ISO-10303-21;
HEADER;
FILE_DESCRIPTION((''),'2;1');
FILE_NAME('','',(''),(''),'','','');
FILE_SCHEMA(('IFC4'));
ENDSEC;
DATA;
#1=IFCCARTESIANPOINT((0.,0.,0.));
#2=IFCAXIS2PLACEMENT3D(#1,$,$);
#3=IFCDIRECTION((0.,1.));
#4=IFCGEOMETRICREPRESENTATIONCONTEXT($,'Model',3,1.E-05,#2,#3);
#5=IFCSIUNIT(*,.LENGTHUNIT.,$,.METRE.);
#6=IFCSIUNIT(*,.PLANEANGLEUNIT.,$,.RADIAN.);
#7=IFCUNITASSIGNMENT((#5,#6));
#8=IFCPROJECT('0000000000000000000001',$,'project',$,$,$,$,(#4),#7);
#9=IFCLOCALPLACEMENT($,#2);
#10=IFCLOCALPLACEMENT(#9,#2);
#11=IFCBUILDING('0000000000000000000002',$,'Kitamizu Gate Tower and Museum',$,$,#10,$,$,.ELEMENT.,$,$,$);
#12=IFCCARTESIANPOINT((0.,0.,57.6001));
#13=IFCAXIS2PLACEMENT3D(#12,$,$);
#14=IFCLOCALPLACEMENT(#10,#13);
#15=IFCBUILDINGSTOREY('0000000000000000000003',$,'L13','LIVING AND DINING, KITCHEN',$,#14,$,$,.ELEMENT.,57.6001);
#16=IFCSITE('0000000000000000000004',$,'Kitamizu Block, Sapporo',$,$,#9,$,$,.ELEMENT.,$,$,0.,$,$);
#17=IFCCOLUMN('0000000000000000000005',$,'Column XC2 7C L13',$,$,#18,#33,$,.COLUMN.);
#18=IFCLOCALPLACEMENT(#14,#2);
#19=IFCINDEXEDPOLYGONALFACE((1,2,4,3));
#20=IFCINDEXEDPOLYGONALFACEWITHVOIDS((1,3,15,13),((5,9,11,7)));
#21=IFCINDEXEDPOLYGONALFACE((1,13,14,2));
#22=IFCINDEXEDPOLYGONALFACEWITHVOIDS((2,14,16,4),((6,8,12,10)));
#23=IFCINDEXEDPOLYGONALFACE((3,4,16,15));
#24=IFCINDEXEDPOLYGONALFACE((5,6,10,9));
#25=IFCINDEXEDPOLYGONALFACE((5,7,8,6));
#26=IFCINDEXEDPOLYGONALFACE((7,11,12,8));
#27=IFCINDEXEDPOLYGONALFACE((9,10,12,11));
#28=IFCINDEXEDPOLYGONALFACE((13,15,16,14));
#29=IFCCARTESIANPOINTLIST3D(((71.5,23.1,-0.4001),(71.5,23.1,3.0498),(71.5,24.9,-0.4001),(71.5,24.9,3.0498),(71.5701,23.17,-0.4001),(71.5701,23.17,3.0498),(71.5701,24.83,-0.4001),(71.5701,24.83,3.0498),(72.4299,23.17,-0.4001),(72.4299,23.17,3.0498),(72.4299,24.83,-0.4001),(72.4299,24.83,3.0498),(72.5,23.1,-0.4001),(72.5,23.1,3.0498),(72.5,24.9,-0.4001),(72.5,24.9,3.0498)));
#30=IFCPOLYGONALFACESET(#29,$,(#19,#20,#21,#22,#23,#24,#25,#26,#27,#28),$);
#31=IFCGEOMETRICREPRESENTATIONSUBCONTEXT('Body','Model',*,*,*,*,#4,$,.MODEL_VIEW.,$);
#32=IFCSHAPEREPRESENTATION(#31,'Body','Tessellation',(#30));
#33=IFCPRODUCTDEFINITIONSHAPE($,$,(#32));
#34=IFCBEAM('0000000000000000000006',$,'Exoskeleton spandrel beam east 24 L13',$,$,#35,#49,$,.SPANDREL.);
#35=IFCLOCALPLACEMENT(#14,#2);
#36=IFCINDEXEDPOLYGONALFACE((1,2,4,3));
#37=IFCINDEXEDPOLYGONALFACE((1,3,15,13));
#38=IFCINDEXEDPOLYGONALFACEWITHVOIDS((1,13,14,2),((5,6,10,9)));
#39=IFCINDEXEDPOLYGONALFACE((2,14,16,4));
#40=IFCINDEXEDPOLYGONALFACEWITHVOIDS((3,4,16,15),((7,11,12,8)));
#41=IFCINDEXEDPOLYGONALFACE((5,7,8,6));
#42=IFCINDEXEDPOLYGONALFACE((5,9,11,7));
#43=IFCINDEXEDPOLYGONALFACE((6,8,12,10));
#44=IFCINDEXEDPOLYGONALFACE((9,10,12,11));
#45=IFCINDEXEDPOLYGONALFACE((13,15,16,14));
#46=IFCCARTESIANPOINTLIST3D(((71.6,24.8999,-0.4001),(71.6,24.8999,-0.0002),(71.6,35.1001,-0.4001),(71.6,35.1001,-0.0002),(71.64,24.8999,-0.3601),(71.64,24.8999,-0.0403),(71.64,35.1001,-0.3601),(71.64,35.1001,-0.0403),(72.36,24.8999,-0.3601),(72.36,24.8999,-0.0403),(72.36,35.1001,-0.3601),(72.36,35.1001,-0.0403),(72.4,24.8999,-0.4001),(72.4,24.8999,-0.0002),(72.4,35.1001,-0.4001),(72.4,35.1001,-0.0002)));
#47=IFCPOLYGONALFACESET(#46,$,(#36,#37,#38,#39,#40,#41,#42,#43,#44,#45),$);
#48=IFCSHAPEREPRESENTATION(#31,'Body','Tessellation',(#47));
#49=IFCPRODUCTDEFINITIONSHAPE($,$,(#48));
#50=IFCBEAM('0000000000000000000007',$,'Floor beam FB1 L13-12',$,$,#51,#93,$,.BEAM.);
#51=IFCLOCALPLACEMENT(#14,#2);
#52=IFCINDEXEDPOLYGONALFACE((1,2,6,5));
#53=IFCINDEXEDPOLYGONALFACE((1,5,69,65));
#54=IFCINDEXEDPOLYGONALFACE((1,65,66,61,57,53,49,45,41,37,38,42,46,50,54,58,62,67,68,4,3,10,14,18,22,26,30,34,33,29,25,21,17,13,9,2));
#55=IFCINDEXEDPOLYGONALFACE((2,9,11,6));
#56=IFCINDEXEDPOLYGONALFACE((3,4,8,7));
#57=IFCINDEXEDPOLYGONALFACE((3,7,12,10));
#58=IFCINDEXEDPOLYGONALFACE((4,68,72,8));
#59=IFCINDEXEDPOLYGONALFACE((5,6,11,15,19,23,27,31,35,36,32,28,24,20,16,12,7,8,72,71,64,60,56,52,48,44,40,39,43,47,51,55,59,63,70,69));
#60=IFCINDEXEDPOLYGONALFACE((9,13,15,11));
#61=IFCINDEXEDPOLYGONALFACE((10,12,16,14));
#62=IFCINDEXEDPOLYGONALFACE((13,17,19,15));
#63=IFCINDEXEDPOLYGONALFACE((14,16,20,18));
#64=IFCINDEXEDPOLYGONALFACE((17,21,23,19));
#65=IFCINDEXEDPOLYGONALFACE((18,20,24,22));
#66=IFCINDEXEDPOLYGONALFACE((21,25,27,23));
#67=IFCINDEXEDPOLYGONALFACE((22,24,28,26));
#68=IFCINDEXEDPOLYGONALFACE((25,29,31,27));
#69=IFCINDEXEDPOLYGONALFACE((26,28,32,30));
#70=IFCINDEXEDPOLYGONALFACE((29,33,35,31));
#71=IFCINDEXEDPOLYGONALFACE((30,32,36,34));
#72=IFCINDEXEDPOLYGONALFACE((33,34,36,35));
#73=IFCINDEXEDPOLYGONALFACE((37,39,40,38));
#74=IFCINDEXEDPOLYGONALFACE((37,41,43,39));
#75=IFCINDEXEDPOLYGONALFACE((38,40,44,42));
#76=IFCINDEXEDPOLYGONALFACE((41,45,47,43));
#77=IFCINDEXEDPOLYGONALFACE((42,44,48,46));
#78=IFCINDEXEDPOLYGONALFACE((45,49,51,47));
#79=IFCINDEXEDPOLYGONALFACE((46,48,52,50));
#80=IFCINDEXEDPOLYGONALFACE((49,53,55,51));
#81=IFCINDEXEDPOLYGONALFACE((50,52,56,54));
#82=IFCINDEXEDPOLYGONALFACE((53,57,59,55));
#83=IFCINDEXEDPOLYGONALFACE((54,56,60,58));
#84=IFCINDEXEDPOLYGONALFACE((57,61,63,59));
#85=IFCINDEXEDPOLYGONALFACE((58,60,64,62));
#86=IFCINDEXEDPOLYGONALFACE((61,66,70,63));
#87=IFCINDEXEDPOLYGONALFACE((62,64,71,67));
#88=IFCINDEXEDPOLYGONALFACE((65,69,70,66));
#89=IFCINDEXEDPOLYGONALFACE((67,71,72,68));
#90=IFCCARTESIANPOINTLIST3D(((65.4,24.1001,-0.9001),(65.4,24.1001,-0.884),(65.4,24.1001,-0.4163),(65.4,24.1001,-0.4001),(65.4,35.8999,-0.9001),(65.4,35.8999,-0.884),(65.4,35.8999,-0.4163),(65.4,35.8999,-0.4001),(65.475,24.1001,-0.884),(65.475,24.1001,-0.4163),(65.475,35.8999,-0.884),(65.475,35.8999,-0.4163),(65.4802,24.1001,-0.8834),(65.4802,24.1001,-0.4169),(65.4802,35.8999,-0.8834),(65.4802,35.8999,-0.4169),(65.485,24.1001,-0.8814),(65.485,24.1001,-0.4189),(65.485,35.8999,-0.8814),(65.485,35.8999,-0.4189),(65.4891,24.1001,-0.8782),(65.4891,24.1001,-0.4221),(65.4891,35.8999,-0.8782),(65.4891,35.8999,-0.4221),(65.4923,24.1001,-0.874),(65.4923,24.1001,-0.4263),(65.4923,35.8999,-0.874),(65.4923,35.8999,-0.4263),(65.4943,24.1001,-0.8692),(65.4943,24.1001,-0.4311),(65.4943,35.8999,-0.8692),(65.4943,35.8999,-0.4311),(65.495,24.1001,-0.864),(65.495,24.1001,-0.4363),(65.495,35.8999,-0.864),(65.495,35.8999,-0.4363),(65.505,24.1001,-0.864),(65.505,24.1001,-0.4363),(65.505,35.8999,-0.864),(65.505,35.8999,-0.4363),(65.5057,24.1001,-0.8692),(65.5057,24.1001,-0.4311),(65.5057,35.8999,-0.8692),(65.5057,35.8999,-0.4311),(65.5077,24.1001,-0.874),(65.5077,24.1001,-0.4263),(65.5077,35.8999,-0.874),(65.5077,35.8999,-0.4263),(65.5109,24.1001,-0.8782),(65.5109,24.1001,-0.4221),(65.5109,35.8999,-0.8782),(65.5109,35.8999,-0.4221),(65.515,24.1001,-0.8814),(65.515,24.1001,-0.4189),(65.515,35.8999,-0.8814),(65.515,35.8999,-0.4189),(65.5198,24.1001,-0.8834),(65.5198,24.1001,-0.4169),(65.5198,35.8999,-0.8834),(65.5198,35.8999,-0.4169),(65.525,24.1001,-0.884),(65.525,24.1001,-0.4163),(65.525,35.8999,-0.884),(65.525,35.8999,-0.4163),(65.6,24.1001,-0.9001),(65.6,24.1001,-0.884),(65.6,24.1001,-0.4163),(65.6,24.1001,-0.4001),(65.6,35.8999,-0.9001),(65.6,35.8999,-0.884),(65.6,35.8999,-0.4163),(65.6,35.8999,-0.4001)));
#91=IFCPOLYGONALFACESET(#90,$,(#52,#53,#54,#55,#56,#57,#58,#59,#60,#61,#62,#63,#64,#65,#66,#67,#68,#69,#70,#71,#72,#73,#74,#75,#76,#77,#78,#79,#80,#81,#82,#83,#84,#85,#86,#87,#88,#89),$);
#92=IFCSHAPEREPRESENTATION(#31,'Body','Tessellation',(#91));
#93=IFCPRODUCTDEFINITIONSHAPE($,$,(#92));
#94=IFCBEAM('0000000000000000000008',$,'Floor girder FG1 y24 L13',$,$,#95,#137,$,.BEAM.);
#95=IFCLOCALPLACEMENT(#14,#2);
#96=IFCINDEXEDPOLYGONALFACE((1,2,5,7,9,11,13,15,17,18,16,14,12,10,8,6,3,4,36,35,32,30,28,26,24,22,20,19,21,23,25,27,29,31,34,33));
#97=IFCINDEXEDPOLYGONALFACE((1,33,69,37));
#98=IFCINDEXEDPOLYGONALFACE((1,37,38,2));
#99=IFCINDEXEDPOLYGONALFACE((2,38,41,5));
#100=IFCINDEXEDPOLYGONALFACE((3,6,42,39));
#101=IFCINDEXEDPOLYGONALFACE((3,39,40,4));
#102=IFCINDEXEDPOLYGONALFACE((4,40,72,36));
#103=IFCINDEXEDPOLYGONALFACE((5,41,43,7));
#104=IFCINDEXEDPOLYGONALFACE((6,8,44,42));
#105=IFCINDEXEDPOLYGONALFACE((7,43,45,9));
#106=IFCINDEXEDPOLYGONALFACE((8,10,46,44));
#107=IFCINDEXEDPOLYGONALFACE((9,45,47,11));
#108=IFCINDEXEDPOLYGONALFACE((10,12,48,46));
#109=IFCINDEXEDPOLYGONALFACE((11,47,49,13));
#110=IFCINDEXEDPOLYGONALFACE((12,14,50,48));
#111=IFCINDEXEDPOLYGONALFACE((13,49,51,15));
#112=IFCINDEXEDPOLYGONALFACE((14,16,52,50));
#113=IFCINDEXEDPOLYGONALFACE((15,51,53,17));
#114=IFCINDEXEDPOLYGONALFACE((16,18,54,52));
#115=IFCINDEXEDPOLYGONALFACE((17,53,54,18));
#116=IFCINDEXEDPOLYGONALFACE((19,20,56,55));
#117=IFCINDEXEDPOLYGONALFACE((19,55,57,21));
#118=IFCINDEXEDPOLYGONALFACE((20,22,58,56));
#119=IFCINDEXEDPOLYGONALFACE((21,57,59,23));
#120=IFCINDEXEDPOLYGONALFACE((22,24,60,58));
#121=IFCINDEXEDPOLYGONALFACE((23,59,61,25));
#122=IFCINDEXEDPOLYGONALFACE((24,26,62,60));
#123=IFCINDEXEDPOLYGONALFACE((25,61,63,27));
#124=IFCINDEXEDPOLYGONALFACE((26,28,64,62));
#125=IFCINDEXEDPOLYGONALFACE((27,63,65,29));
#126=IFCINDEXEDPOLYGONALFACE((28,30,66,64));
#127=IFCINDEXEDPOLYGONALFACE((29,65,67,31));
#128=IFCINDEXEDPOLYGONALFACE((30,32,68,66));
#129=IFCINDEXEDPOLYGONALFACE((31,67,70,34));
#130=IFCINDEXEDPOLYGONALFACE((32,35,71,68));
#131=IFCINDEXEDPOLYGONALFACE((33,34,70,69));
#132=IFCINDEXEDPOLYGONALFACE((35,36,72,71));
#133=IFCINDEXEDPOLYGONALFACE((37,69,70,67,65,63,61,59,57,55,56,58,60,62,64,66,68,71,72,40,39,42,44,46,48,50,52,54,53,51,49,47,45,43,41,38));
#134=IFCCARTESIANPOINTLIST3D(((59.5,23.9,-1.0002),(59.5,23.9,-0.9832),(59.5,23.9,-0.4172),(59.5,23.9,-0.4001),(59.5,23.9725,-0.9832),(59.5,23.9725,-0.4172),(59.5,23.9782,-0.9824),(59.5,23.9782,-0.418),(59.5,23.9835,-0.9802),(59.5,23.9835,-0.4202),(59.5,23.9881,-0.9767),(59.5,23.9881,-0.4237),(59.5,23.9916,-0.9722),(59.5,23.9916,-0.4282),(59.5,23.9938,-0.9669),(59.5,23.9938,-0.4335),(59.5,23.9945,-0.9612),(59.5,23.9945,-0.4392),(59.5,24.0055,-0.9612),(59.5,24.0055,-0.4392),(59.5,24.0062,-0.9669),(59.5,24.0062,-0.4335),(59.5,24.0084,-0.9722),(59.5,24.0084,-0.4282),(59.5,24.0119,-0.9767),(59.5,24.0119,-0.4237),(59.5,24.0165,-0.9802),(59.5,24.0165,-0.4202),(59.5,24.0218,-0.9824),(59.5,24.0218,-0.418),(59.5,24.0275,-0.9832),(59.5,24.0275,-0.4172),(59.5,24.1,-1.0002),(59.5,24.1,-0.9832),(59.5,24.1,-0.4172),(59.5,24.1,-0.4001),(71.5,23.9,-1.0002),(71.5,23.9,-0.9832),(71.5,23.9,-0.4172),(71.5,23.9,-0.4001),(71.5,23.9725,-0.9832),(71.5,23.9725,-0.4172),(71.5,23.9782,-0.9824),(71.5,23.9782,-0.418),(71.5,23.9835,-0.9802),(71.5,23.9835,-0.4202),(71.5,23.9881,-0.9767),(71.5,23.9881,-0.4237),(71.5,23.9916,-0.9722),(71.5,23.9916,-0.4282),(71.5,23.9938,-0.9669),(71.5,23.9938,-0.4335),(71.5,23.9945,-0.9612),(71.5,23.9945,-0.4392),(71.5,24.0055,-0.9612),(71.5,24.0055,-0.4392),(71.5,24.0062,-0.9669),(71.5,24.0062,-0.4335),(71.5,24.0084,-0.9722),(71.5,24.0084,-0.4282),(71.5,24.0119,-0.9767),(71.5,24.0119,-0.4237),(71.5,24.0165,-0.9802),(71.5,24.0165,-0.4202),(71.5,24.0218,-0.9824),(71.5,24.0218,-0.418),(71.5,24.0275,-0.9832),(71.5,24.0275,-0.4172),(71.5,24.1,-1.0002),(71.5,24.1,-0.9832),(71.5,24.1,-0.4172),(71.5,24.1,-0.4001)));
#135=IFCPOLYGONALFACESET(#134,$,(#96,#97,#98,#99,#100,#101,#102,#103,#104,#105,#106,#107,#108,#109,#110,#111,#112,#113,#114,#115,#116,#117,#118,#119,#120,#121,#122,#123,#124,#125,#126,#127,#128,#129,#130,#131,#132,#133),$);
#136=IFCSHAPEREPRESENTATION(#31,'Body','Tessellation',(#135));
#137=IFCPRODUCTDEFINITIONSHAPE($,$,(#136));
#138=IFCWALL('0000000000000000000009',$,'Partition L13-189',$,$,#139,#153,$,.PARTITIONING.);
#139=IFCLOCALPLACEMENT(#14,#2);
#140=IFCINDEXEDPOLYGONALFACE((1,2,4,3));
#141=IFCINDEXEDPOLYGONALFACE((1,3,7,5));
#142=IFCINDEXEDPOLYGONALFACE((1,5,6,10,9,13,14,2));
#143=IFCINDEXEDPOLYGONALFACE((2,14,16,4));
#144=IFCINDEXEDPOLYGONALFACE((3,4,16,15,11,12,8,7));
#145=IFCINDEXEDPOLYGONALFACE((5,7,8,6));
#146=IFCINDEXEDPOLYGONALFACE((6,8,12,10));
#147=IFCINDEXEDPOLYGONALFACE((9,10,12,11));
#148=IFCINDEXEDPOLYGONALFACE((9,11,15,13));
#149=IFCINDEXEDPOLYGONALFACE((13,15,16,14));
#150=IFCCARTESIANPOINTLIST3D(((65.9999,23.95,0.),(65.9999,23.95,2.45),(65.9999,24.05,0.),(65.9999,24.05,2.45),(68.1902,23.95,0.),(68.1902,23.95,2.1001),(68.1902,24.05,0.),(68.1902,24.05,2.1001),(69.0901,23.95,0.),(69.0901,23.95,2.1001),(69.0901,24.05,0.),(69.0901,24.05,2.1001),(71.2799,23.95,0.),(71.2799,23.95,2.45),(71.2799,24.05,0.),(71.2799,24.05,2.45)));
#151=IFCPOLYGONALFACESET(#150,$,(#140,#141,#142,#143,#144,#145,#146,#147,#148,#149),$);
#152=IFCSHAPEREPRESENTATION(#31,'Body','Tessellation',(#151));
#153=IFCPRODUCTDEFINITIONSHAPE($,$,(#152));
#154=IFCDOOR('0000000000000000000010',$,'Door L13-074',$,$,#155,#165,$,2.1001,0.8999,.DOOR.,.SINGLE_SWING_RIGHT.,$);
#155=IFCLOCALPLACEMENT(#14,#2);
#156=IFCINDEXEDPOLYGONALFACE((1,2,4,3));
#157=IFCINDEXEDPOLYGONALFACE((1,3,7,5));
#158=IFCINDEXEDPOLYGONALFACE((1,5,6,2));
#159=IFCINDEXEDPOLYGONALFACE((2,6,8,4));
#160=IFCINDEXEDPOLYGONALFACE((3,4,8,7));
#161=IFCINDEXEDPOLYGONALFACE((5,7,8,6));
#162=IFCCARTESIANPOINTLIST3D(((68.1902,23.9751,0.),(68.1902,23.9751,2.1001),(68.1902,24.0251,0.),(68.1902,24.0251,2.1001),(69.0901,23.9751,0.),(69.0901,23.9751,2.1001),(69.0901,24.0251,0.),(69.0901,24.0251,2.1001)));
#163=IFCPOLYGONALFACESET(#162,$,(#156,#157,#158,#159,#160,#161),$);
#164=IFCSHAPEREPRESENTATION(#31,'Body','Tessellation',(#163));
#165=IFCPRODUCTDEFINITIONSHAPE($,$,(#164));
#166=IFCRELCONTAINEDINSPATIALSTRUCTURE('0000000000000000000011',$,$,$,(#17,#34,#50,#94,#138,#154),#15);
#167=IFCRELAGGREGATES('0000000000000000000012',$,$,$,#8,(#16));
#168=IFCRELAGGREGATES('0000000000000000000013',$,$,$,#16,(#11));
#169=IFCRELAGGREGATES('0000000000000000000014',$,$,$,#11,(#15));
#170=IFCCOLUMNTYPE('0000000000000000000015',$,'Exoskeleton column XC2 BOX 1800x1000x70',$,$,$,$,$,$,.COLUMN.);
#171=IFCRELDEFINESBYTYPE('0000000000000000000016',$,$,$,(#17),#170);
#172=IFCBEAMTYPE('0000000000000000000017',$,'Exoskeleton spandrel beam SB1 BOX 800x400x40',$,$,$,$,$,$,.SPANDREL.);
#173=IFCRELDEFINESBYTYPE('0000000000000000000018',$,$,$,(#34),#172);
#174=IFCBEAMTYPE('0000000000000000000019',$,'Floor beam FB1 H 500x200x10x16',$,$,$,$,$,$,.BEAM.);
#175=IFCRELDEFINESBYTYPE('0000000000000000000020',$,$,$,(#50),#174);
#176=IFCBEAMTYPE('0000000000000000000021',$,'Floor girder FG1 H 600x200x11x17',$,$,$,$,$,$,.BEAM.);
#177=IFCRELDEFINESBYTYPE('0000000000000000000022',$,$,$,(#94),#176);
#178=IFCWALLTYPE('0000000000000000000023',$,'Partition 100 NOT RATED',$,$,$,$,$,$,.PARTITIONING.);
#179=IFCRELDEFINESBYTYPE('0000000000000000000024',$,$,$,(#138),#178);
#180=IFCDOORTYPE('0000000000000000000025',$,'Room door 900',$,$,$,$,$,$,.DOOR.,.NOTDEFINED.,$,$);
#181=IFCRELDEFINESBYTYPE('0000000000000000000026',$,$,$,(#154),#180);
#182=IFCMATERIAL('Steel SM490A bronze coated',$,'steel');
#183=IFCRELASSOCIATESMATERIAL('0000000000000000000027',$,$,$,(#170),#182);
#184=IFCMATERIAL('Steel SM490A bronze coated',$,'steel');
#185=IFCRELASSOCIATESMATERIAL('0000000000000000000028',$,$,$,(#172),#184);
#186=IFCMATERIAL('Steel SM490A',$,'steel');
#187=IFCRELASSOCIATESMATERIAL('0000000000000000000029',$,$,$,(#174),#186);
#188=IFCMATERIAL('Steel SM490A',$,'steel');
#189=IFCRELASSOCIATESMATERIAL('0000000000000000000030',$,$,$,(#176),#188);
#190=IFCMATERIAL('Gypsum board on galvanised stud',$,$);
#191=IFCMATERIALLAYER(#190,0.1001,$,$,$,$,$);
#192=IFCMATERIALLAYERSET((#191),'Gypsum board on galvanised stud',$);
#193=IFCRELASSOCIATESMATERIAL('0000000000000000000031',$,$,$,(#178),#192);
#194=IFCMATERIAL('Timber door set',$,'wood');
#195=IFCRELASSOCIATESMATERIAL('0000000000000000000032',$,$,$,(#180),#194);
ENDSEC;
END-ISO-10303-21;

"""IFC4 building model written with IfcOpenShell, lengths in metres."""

from ifc_helpers import new_model, si_unit, direction, frame, frame_2d, origin, origin_2d, place, context, subcontext, project, spatial, rectangle, hollow_rectangle, i_section, extrude, material, layer, layer_set, material_profile, profile_set, type_object, element, fill, save


model = new_model("IFC4")

# Units and contexts
model_context = context("Model", 3, precision=1e-05, world=origin(), true_north=direction((0.0, 1.0)))
body_context = subcontext(model_context, "Body", "Model", "MODEL_VIEW")
ifc_project = project(units=[si_unit("LENGTHUNIT", "METRE"), si_unit("PLANEANGLEUNIT", "RADIAN")], contexts=[model_context])

# Site, building, storey
site_placement = place(None, origin())
site = spatial("IfcSite", under=ifc_project, at=site_placement, Name="Kitamizu Block, Sapporo", CompositionType="ELEMENT", RefElevation=0.0)
building_placement = place(site_placement, origin())
building = spatial("IfcBuilding", under=site, at=building_placement, Name="Kitamizu Gate Tower and Museum", CompositionType="ELEMENT")
storey_placement = place(building_placement, frame((0.0, 0.0, 57.6001)))
storey = spatial("IfcBuildingStorey", under=building, at=storey_placement, Name="L13", Description="LIVING AND DINING, KITCHEN", CompositionType="ELEMENT", Elevation=57.6001)

# Column
ifc_material_1 = material(Name="Steel SM490A bronze coated", Category="steel")
ifc_material_profile_1 = material_profile(ifc_material_1, hollow_rectangle(XDim=1.8, YDim=1.0, WallThickness=0.0701, at=origin_2d()), Name="BOX 1800x1000x70")
ifc_profile_set_1 = profile_set([ifc_material_profile_1], Name="Steel SM490A bronze coated")
column_type = type_object("IfcColumnType", Name="Exoskeleton column XC2 BOX 1800x1000x70", PredefinedType="COLUMN", material=ifc_profile_set_1)
column_placement = place(storey_placement, frame((72.0, 24.0, -0.4001), z_axis=(0.0, 0.0, 1.0), x_axis=(0.0, 1.0, 0.0)))
element("IfcColumn", 1, at=column_placement, inside=storey, type_object=column_type, Name="Column XC2 7C L13", PredefinedType="COLUMN", context=body_context, shape_type="SweptSolid", body=[
    extrude(hollow_rectangle(XDim=1.8, YDim=1.0, WallThickness=0.0701, at=origin_2d()), origin(), (0.0, 0.0, 1.0), 3.45),
])

# Beams
ifc_material_2 = material(Name="Steel SM490A bronze coated", Category="steel")
ifc_material_profile_2 = material_profile(ifc_material_2, hollow_rectangle(XDim=0.8, YDim=0.3999, WallThickness=0.04, at=origin_2d()), Name="BOX 800x400x40")
ifc_profile_set_2 = profile_set([ifc_material_profile_2], Name="Steel SM490A bronze coated")
beam_type_1 = type_object("IfcBeamType", Name="Exoskeleton spandrel beam SB1 BOX 800x400x40", PredefinedType="SPANDREL", material=ifc_profile_set_2)
beam_1_placement = place(storey_placement, frame((72.0, 24.8999, -0.2002), z_axis=(0.0, 1.0, 0.0), x_axis=(-1.0, 0.0, 0.0)))
element("IfcBeam", 2, at=beam_1_placement, inside=storey, type_object=beam_type_1, Name="Exoskeleton spandrel beam east 24 L13", PredefinedType="SPANDREL", context=body_context, shape_type="SweptSolid", body=[
    extrude(hollow_rectangle(XDim=0.8, YDim=0.3999, WallThickness=0.04, at=origin_2d()), origin(), (0.0, 0.0, 1.0), 10.2002),
])
ifc_material_3 = material(Name="Steel SM490A", Category="steel")
ifc_material_profile_3 = material_profile(ifc_material_3, i_section(OverallWidth=0.2, OverallDepth=0.5, WebThickness=0.01, FlangeThickness=0.0161, FilletRadius=0.02, at=origin_2d()), Name="H-500x200x10x16")
ifc_profile_set_3 = profile_set([ifc_material_profile_3], Name="Steel SM490A")
beam_type_2 = type_object("IfcBeamType", Name="Floor beam FB1 H 500x200x10x16", PredefinedType="BEAM", material=ifc_profile_set_3)
beam_2_placement = place(storey_placement, frame((65.5, 24.1001, -0.6501), z_axis=(0.0, 1.0, 0.0), x_axis=(-1.0, 0.0, 0.0)))
element("IfcBeam", 3, at=beam_2_placement, inside=storey, type_object=beam_type_2, Name="Floor beam FB1 L13-12", PredefinedType="BEAM", context=body_context, shape_type="SweptSolid", body=[
    extrude(i_section(OverallWidth=0.2, OverallDepth=0.5, WebThickness=0.01, FlangeThickness=0.0161, FilletRadius=0.02, at=origin_2d()), origin(), (0.0, 0.0, 1.0), 11.7998),
])
ifc_material_4 = material(Name="Steel SM490A", Category="steel")
ifc_material_profile_4 = material_profile(ifc_material_4, i_section(OverallWidth=0.2, OverallDepth=0.6001, WebThickness=0.011, FlangeThickness=0.0171, FilletRadius=0.022, at=origin_2d()), Name="H-600x200x11x17")
ifc_profile_set_4 = profile_set([ifc_material_profile_4], Name="Steel SM490A")
beam_type_3 = type_object("IfcBeamType", Name="Floor girder FG1 H 600x200x11x17", PredefinedType="BEAM", material=ifc_profile_set_4)
beam_3_placement = place(storey_placement, frame((59.5, 24.0, -0.7002), z_axis=(1.0, 0.0, 0.0), x_axis=(0.0, 1.0, 0.0)))
element("IfcBeam", 4, at=beam_3_placement, inside=storey, type_object=beam_type_3, Name="Floor girder FG1 y24 L13", PredefinedType="BEAM", context=body_context, shape_type="SweptSolid", body=[
    extrude(i_section(OverallWidth=0.2, OverallDepth=0.6001, WebThickness=0.011, FlangeThickness=0.0171, FilletRadius=0.022, at=origin_2d()), origin(), (0.0, 0.0, 1.0), 12.0),
])

# Wall, opening, door
ifc_material_5 = material(Name="Gypsum board on galvanised stud")
ifc_layer_1 = layer(ifc_material_5, 0.1001)
ifc_layer_set_1 = layer_set([ifc_layer_1], Name="Gypsum board on galvanised stud")
wall_type_1 = type_object("IfcWallType", Name="Partition 100 NOT RATED", PredefinedType="PARTITIONING", material=ifc_layer_set_1)
wall_1_placement = place(storey_placement, frame((71.28, 24.0, 0.0), z_axis=(0.0, 0.0, 1.0), x_axis=(-1.0, 0.0, 0.0)))
wall_1 = element("IfcWall", 5, at=wall_1_placement, inside=storey, type_object=wall_type_1, Name="Partition L13-189", PredefinedType="PARTITIONING", context=body_context, shape_type="SweptSolid", body=[
    extrude(rectangle(XDim=5.28, YDim=0.1001, at=frame_2d((2.6401, 0.0))), origin(), (0.0, 0.0, 1.0), 2.45),
])
opening_1_placement = place(wall_1_placement, frame((2.1899, 0.0, 0.0)))
opening_1 = element("IfcOpeningElement", 6, at=opening_1_placement, cuts=wall_1, PredefinedType="OPENING", context=body_context, shape_type="SweptSolid", body=[
    extrude(rectangle(XDim=0.8999, YDim=2.1001, at=frame_2d((0.45, 1.05))), frame((0.0, 0.0601, 0.0), z_axis=(0.0, -1.0, 0.0), x_axis=(1.0, 0.0, 0.0)), (0.0, 0.0, 1.0), 0.1201),
])
ifc_material_6 = material(Name="Timber door set", Category="wood")
door_type_1 = type_object("IfcDoorType", Name="Room door 900", OperationType="NOTDEFINED", PredefinedType="DOOR", material=ifc_material_6)
door_1_placement = place(opening_1_placement, origin())
door_1 = element("IfcDoor", 7, at=door_1_placement, inside=storey, type_object=door_type_1, Name="Door L13-074", OperationType="SINGLE_SWING_RIGHT", OverallHeight=2.1001, OverallWidth=0.8999, PredefinedType="DOOR", context=body_context, shape_type="SweptSolid", body=[
    extrude(rectangle(XDim=0.8999, YDim=2.1001, at=frame_2d((0.45, 1.05))), frame((0.0, 0.0249, 0.0), z_axis=(0.0, -1.0, 0.0), x_axis=(1.0, 0.0, 0.0)), (0.0, 0.0, 1.0), 0.05),
])
fill(opening_1, door_1)

save(model, "model.ifc")
